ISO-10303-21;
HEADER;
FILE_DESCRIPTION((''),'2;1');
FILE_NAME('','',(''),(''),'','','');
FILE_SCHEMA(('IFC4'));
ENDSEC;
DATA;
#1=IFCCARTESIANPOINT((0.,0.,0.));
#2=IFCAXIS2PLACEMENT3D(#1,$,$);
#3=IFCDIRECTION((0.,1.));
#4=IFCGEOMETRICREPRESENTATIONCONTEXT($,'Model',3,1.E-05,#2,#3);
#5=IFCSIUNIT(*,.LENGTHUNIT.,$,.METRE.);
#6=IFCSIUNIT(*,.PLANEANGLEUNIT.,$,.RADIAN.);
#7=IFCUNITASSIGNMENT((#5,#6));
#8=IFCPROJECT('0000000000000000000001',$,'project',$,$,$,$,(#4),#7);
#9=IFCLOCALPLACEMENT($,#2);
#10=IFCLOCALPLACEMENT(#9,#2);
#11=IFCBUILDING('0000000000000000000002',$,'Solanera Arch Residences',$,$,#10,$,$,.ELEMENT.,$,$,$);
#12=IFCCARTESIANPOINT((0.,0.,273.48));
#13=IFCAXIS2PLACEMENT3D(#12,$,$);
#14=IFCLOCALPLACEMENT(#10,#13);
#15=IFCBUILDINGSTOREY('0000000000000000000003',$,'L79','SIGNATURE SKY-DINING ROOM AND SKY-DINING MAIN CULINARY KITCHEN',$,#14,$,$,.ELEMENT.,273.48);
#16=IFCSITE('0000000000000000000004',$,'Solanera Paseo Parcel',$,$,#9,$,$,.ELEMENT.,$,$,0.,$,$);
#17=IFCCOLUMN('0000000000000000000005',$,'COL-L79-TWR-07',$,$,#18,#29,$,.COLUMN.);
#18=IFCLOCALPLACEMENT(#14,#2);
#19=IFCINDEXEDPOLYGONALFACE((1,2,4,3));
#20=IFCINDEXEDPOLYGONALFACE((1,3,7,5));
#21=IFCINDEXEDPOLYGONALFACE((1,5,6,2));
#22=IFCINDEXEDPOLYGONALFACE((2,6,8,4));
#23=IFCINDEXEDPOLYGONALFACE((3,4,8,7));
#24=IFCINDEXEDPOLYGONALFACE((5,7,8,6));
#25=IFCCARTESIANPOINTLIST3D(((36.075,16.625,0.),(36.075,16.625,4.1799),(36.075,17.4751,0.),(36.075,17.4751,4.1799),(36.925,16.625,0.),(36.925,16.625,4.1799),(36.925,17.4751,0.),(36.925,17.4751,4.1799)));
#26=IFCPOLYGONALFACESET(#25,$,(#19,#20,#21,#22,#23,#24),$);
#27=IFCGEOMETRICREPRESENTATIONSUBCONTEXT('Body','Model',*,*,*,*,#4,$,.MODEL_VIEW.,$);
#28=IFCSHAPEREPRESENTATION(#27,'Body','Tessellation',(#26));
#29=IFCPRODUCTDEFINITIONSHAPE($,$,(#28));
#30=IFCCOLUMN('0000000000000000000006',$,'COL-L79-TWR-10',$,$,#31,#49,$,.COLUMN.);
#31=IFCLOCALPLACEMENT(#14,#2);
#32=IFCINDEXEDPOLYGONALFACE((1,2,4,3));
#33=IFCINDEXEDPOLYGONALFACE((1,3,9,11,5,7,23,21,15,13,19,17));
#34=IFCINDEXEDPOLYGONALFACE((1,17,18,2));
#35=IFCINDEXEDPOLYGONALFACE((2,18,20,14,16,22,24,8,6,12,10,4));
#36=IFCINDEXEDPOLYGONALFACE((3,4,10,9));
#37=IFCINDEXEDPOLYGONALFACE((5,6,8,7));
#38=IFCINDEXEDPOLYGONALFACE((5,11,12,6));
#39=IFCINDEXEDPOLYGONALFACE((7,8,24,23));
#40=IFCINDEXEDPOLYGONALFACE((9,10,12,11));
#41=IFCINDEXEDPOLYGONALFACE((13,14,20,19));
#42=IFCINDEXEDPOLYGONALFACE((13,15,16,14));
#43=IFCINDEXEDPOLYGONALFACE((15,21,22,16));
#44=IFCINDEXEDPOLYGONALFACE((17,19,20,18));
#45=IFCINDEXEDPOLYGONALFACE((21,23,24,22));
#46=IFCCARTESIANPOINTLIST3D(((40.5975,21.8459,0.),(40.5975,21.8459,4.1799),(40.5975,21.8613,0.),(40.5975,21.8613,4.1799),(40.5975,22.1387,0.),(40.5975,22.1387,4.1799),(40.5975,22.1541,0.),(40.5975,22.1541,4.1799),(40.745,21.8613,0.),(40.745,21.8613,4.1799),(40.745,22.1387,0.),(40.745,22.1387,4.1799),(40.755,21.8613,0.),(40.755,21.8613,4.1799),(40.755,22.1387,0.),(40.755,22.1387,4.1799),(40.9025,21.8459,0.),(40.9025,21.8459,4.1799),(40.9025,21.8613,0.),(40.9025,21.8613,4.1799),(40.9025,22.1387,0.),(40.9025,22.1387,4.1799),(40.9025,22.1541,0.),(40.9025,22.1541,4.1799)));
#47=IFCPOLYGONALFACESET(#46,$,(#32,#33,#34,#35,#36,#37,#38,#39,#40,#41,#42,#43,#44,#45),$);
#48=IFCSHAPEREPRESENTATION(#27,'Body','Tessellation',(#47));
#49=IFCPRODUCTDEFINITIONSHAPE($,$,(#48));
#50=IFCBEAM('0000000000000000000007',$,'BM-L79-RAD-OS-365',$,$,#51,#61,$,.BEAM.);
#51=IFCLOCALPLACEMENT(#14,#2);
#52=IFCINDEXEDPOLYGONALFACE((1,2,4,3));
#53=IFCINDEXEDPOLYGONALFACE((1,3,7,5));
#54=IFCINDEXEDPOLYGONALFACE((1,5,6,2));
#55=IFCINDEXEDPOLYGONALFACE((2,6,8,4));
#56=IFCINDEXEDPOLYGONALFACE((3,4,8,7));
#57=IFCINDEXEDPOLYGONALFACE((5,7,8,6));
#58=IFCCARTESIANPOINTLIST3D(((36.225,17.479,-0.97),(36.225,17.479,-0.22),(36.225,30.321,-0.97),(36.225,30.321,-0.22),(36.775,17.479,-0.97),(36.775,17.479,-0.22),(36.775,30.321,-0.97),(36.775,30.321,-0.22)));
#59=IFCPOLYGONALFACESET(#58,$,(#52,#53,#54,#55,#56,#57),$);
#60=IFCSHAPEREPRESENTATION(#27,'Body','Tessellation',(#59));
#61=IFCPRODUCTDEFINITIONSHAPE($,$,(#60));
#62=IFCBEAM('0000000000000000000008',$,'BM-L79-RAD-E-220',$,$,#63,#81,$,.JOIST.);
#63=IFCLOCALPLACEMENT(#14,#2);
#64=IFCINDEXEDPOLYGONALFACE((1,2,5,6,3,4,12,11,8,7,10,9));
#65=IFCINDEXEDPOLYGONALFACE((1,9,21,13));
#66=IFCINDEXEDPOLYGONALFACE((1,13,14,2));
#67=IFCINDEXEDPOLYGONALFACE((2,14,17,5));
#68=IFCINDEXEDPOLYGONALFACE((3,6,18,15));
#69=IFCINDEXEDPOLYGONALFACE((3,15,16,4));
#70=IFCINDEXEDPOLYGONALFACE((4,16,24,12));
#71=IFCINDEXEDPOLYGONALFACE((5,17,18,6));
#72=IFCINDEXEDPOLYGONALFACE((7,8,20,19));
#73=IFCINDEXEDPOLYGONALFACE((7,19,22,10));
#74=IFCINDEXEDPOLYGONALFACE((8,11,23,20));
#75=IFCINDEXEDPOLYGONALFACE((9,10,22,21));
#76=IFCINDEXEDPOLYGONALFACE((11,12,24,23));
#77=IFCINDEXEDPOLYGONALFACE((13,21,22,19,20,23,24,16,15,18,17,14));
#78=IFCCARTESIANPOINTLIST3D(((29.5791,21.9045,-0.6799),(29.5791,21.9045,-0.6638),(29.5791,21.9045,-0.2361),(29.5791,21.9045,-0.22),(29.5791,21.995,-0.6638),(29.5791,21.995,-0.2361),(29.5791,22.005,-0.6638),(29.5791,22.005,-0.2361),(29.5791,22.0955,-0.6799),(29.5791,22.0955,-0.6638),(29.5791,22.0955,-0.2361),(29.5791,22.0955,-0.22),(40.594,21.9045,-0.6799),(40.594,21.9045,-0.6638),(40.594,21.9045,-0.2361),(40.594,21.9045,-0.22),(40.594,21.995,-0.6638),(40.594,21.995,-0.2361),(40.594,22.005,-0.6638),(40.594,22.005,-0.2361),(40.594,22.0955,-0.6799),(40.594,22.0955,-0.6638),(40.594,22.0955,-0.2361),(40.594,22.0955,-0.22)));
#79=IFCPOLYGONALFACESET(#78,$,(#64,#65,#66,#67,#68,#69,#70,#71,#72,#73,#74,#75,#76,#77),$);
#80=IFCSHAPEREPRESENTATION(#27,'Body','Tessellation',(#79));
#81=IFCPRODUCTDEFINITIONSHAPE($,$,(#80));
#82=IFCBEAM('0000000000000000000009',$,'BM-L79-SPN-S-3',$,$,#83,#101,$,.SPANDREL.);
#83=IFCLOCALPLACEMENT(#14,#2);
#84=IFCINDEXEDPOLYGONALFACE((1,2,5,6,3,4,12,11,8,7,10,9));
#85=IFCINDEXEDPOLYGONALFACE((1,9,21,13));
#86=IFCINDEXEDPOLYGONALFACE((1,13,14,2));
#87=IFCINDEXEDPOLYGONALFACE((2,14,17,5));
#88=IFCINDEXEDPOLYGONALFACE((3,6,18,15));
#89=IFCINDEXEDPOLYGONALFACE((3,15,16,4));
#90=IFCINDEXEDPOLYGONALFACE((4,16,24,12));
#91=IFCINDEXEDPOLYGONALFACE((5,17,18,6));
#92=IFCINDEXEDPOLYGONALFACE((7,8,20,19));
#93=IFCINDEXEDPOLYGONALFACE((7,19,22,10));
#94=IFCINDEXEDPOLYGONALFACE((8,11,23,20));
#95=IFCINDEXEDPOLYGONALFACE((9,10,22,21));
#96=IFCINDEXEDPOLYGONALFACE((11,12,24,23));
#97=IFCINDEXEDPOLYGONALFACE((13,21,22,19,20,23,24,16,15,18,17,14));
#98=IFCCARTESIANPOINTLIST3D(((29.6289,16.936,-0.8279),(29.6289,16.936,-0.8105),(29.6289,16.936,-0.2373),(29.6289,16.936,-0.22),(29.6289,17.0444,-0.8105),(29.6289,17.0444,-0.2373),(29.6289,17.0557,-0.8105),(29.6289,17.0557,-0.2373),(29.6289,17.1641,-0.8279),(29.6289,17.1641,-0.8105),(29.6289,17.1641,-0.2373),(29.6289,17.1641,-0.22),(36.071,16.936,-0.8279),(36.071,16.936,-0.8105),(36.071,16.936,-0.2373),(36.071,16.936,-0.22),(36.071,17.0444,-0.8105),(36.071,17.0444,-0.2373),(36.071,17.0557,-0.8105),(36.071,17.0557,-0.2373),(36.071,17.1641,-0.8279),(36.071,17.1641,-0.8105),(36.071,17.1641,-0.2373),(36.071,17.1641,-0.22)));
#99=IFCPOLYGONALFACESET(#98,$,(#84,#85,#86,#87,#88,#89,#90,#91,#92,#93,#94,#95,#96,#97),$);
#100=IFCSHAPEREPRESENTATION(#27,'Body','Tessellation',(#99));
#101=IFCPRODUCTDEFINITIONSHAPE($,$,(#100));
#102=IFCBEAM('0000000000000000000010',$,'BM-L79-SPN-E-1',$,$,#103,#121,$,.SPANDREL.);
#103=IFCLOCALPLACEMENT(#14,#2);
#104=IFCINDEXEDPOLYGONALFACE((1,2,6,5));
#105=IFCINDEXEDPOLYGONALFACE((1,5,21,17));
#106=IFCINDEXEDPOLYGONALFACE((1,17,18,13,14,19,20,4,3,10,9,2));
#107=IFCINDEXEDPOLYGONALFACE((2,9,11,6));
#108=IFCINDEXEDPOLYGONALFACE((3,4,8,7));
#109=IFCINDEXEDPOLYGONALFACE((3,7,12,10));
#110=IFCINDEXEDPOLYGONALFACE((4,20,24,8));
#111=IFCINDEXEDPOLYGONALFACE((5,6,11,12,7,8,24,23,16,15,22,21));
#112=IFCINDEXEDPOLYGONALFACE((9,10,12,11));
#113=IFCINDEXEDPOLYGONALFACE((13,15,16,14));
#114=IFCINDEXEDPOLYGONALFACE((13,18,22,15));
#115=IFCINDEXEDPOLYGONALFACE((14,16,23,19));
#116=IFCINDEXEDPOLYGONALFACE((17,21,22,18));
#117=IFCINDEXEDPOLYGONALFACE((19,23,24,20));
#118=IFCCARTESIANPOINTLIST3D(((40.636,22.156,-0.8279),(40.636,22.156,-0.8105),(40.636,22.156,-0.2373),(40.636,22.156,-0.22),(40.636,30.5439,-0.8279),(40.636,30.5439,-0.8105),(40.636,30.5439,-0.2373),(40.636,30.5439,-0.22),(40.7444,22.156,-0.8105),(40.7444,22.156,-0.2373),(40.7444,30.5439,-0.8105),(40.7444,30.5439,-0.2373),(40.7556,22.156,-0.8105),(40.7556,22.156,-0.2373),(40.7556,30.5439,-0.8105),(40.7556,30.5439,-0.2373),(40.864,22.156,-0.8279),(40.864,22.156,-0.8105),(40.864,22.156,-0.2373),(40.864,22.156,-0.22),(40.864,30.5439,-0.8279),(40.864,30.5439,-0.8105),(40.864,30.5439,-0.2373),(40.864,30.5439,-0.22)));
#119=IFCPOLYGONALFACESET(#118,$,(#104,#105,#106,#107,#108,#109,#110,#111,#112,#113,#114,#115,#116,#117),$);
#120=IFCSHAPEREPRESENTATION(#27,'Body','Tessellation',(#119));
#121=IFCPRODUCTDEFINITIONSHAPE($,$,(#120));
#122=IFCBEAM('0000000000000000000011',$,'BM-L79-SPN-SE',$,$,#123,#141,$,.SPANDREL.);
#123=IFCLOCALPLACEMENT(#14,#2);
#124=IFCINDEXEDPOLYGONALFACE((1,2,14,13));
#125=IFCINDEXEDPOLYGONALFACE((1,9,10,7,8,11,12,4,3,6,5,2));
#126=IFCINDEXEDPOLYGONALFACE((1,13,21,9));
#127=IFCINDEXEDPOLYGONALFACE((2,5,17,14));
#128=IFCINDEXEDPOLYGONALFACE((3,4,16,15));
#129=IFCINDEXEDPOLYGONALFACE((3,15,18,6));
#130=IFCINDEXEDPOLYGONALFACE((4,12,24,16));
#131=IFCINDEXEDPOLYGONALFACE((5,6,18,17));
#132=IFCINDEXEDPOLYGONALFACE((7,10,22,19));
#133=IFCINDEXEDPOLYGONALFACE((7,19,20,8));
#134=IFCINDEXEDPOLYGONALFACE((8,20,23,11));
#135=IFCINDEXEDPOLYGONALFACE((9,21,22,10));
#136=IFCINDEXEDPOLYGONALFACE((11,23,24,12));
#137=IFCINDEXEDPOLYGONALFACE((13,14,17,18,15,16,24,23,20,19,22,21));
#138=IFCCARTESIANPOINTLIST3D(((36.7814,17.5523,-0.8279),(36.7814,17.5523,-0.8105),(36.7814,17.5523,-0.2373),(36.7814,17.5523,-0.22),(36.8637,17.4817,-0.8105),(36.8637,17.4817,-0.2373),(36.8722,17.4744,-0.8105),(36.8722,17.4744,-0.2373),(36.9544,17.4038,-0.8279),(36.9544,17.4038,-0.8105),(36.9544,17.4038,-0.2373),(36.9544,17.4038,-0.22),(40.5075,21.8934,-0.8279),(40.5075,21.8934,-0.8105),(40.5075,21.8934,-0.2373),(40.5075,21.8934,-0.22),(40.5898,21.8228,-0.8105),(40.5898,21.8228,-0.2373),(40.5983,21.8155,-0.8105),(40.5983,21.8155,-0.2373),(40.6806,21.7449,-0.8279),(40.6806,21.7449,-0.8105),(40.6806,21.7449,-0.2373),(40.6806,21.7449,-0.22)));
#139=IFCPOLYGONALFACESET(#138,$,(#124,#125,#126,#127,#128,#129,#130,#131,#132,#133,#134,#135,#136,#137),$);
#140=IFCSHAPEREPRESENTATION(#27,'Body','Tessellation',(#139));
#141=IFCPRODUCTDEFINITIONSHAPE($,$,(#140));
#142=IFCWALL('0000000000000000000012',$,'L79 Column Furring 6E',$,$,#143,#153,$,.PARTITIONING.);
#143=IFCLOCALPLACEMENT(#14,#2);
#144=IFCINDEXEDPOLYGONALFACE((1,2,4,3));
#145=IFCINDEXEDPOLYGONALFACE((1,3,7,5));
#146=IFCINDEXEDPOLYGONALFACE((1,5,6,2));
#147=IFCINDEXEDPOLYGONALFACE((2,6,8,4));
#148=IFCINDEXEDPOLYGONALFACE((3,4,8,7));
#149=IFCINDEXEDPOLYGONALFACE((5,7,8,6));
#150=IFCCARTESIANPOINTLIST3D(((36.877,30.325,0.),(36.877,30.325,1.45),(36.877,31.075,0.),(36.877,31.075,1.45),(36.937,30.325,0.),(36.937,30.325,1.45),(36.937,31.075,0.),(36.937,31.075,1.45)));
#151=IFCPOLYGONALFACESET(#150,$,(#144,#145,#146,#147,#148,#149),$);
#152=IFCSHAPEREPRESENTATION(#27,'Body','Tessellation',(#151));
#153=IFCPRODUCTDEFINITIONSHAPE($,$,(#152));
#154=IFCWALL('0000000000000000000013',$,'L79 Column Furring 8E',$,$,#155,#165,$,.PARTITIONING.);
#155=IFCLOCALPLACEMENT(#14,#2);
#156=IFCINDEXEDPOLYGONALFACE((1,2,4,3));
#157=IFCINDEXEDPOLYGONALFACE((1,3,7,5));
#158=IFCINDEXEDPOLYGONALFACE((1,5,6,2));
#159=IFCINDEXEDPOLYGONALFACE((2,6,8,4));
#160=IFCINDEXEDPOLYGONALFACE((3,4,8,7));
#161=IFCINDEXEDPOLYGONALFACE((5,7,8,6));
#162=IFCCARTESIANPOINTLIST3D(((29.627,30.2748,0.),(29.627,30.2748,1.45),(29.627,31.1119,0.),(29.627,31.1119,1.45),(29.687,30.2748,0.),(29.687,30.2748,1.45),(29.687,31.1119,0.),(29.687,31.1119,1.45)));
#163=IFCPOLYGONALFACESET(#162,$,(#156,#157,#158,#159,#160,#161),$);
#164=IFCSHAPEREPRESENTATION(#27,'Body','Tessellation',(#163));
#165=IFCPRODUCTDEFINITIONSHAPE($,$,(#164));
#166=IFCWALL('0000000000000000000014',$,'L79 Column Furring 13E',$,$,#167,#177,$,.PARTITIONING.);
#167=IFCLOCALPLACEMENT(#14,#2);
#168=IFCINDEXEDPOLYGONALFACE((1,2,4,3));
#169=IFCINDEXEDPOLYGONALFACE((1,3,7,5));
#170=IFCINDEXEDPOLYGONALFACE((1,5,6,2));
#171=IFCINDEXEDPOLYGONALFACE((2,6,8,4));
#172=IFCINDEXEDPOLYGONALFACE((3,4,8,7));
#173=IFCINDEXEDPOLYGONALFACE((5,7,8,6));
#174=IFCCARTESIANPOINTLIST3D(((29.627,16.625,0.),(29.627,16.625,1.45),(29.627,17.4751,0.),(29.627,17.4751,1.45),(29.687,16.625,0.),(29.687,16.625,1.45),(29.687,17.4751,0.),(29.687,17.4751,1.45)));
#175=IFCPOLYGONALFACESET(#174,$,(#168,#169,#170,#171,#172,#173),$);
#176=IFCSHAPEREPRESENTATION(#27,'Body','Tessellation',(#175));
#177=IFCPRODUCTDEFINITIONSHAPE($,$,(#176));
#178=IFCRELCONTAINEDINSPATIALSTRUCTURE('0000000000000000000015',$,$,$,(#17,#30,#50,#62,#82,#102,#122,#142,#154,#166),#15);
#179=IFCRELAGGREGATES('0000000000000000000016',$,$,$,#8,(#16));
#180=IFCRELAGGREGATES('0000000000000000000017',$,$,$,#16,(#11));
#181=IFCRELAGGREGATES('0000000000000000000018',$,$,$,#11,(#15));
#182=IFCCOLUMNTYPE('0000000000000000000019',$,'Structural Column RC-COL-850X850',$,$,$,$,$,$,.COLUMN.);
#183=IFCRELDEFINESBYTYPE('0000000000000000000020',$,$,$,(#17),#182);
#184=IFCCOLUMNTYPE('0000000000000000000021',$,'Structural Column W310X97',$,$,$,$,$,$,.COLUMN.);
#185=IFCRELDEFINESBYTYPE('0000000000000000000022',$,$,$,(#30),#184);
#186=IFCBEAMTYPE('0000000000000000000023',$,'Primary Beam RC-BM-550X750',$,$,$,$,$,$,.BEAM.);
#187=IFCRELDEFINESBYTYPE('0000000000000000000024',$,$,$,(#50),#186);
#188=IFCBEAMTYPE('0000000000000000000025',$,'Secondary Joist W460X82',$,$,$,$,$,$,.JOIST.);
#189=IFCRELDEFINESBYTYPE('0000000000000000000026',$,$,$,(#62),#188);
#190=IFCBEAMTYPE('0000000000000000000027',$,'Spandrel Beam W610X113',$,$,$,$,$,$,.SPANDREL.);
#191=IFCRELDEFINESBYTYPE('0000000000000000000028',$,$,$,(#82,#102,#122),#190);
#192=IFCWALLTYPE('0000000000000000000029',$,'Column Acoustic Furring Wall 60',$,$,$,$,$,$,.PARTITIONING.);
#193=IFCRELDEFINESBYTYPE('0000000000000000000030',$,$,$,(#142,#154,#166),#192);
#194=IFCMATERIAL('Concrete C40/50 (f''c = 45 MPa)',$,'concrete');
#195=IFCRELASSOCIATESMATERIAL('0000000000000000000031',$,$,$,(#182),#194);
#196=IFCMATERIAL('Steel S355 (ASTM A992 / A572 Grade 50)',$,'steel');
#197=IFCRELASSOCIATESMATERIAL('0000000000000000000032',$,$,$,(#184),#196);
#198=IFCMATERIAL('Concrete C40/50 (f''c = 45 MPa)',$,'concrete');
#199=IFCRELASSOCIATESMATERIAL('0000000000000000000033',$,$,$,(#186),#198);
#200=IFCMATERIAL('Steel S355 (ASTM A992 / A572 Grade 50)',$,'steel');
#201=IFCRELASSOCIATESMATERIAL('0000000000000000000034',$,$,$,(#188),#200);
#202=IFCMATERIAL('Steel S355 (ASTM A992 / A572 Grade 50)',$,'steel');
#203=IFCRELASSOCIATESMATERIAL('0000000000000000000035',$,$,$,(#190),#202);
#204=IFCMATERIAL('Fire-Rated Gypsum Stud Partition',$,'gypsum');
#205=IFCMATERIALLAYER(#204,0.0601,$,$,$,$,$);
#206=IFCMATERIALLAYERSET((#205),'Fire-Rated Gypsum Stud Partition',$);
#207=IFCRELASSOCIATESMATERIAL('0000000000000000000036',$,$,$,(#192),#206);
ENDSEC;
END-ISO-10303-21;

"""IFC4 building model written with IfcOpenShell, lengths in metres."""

from ifc_helpers import new_model, si_unit, direction, frame, frame_2d, origin, origin_2d, place, context, subcontext, project, spatial, rectangle, i_section, extrude, material, layer, layer_set, material_profile, profile_set, type_object, element, save


model = new_model("IFC4")

# Units and contexts
model_context = context("Model", 3, precision=1e-05, world=origin(), true_north=direction((0.0, 1.0)))
body_context = subcontext(model_context, "Body", "Model", "MODEL_VIEW")
ifc_project = project(units=[si_unit("LENGTHUNIT", "METRE"), si_unit("PLANEANGLEUNIT", "RADIAN")], contexts=[model_context])

# Site, building, storey
site_placement = place(None, origin())
site = spatial("IfcSite", under=ifc_project, at=site_placement, Name="Solanera Paseo Parcel", CompositionType="ELEMENT", RefElevation=0.0)
building_placement = place(site_placement, origin())
building = spatial("IfcBuilding", under=site, at=building_placement, Name="Solanera Arch Residences", CompositionType="ELEMENT")
storey_placement = place(building_placement, frame((0.0, 0.0, 273.48)))
storey = spatial("IfcBuildingStorey", under=building, at=storey_placement, Name="L79", Description="SIGNATURE SKY-DINING ROOM AND SKY-DINING MAIN CULINARY KITCHEN", CompositionType="ELEMENT", Elevation=273.48)

# Columns
ifc_material_1 = material(Name="Concrete C40/50 (f'c = 45 MPa)", Category="concrete")
ifc_material_profile_1 = material_profile(ifc_material_1, rectangle(XDim=0.8501, YDim=0.8501, at=origin_2d()))
ifc_profile_set_1 = profile_set([ifc_material_profile_1], Name="Concrete C40/50 (f'c = 45 MPa)")
column_type_1 = type_object("IfcColumnType", Name="Structural Column RC-COL-850X850", PredefinedType="COLUMN", material=ifc_profile_set_1)
column_1_placement = place(storey_placement, frame((36.5, 17.05, 0.0), z_axis=(0.0, 0.0, 1.0), x_axis=(1.0, 0.0, 0.0)))
element("IfcColumn", 1, at=column_1_placement, inside=storey, type_object=column_type_1, Name="COL-L79-TWR-07", PredefinedType="COLUMN", context=body_context, shape_type="SweptSolid", body=[
    extrude(rectangle(XDim=0.8501, YDim=0.8501, at=origin_2d()), origin(), (0.0, 0.0, 1.0), 4.1799),
])
ifc_material_2 = material(Name="Steel S355 (ASTM A992 / A572 Grade 50)", Category="steel")
ifc_material_profile_2 = material_profile(ifc_material_2, i_section(OverallWidth=0.3049, OverallDepth=0.3081, WebThickness=0.01, FlangeThickness=0.0154, at=origin_2d()))
ifc_profile_set_2 = profile_set([ifc_material_profile_2], Name="Steel S355 (ASTM A992 / A572 Grade 50)")
column_type_2 = type_object("IfcColumnType", Name="Structural Column W310X97", PredefinedType="COLUMN", material=ifc_profile_set_2)
column_2_placement = place(storey_placement, frame((40.75, 22.0, 0.0), z_axis=(0.0, 0.0, 1.0), x_axis=(1.0, 0.0, 0.0)))
element("IfcColumn", 2, at=column_2_placement, inside=storey, type_object=column_type_2, Name="COL-L79-TWR-10", PredefinedType="COLUMN", context=body_context, shape_type="SweptSolid", body=[
    extrude(i_section(OverallWidth=0.3049, OverallDepth=0.3081, WebThickness=0.01, FlangeThickness=0.0154, at=origin_2d()), origin(), (0.0, 0.0, 1.0), 4.1799),
])

# Beams
ifc_material_3 = material(Name="Concrete C40/50 (f'c = 45 MPa)", Category="concrete")
ifc_material_profile_3 = material_profile(ifc_material_3, rectangle(XDim=0.55, YDim=0.75, at=origin_2d()))
ifc_profile_set_3 = profile_set([ifc_material_profile_3], Name="Concrete C40/50 (f'c = 45 MPa)")
beam_type_1 = type_object("IfcBeamType", Name="Primary Beam RC-BM-550X750", PredefinedType="BEAM", material=ifc_profile_set_3)
beam_1_placement = place(storey_placement, frame((36.5, 17.479, -0.595), z_axis=(0.0, 1.0, 0.0), x_axis=(-1.0, 0.0, 0.0)))
element("IfcBeam", 3, at=beam_1_placement, inside=storey, type_object=beam_type_1, Name="BM-L79-RAD-OS-365", PredefinedType="BEAM", context=body_context, shape_type="SweptSolid", body=[
    extrude(rectangle(XDim=0.55, YDim=0.75, at=origin_2d()), origin(), (0.0, 0.0, 1.0), 12.842),
])
ifc_material_4 = material(Name="Steel S355 (ASTM A992 / A572 Grade 50)", Category="steel")
ifc_material_profile_4 = material_profile(ifc_material_4, i_section(OverallWidth=0.1909, OverallDepth=0.46, WebThickness=0.01, FlangeThickness=0.0161, at=origin_2d()))
ifc_profile_set_4 = profile_set([ifc_material_profile_4], Name="Steel S355 (ASTM A992 / A572 Grade 50)")
beam_type_2 = type_object("IfcBeamType", Name="Secondary Joist W460X82", PredefinedType="JOIST", material=ifc_profile_set_4)
beam_2_placement = place(storey_placement, frame((29.5791, 22.0, -0.45), z_axis=(1.0, 0.0, 0.0), x_axis=(0.0, 1.0, 0.0)))
element("IfcBeam", 4, at=beam_2_placement, inside=storey, type_object=beam_type_2, Name="BM-L79-RAD-E-220", PredefinedType="JOIST", context=body_context, shape_type="SweptSolid", body=[
    extrude(i_section(OverallWidth=0.1909, OverallDepth=0.46, WebThickness=0.01, FlangeThickness=0.0161, at=origin_2d()), origin(), (0.0, 0.0, 1.0), 11.0149),
])
ifc_material_5 = material(Name="Steel S355 (ASTM A992 / A572 Grade 50)", Category="steel")
ifc_material_profile_5 = material_profile(ifc_material_5, i_section(OverallWidth=0.228, OverallDepth=0.6079, WebThickness=0.0112, FlangeThickness=0.0173, at=origin_2d()))
ifc_profile_set_5 = profile_set([ifc_material_profile_5], Name="Steel S355 (ASTM A992 / A572 Grade 50)")
beam_type_3 = type_object("IfcBeamType", Name="Spandrel Beam W610X113", PredefinedType="SPANDREL", material=ifc_profile_set_5)
beam_3_placement = place(storey_placement, frame((29.6289, 17.05, -0.5239), z_axis=(1.0, 0.0, 0.0), x_axis=(0.0, 1.0, 0.0)))
element("IfcBeam", 5, at=beam_3_placement, inside=storey, type_object=beam_type_3, Name="BM-L79-SPN-S-3", PredefinedType="SPANDREL", context=body_context, shape_type="SweptSolid", body=[
    extrude(i_section(OverallWidth=0.228, OverallDepth=0.6079, WebThickness=0.0112, FlangeThickness=0.0173, at=origin_2d()), origin(), (0.0, 0.0, 1.0), 6.4421),
])
beam_4_placement = place(storey_placement, frame((40.75, 22.156, -0.5239), z_axis=(0.0, 1.0, 0.0), x_axis=(-1.0, 0.0, 0.0)))
element("IfcBeam", 6, at=beam_4_placement, inside=storey, type_object=beam_type_3, Name="BM-L79-SPN-E-1", PredefinedType="SPANDREL", context=body_context, shape_type="SweptSolid", body=[
    extrude(i_section(OverallWidth=0.228, OverallDepth=0.6079, WebThickness=0.0112, FlangeThickness=0.0173, at=origin_2d()), origin(), (0.0, 0.0, 1.0), 8.3879),
])
beam_5_placement = place(storey_placement, frame((36.8679, 17.478, -0.5239), z_axis=(0.651311, 0.758811, 0.0), x_axis=(-0.758811, 0.651311, 0.0)))
element("IfcBeam", 7, at=beam_5_placement, inside=storey, type_object=beam_type_3, Name="BM-L79-SPN-SE", PredefinedType="SPANDREL", context=body_context, shape_type="SweptSolid", body=[
    extrude(i_section(OverallWidth=0.228, OverallDepth=0.6079, WebThickness=0.0112, FlangeThickness=0.0173, at=origin_2d()), origin(), (0.0, 0.0, 1.0), 5.7209),
])

# Walls
ifc_material_6 = material(Name="Fire-Rated Gypsum Stud Partition", Category="gypsum")
ifc_layer_1 = layer(ifc_material_6, 0.0601)
ifc_layer_set_1 = layer_set([ifc_layer_1], Name="Fire-Rated Gypsum Stud Partition")
wall_type_1 = type_object("IfcWallType", Name="Column Acoustic Furring Wall 60", PredefinedType="PARTITIONING", material=ifc_layer_set_1)
wall_1_placement = place(storey_placement, frame((36.907, 30.325, 0.0), z_axis=(0.0, 0.0, 1.0), x_axis=(0.0, 1.0, 0.0)))
element("IfcWall", 8, at=wall_1_placement, inside=storey, type_object=wall_type_1, Name="L79 Column Furring 6E", PredefinedType="PARTITIONING", context=body_context, shape_type="SweptSolid", body=[
    extrude(rectangle(XDim=0.75, YDim=0.0601, at=frame_2d((0.375, 0.0))), origin(), (0.0, 0.0, 1.0), 1.45),
])
wall_2_placement = place(storey_placement, frame((29.657, 30.2749, 0.0), z_axis=(0.0, 0.0, 1.0), x_axis=(0.0, 1.0, 0.0)))
element("IfcWall", 9, at=wall_2_placement, inside=storey, type_object=wall_type_1, Name="L79 Column Furring 8E", PredefinedType="PARTITIONING", context=body_context, shape_type="SweptSolid", body=[
    extrude(rectangle(XDim=0.8372, YDim=0.0601, at=frame_2d((0.4185, 0.0))), origin(), (0.0, 0.0, 1.0), 1.45),
])
for number, where, z_axis, x_axis, name in (
    (10, (29.657, 16.625, 0.0), (0.0, 0.0, 1.0), (0.0, 1.0, 0.0), "L79 Column Furring 13E"),
):
    element("IfcWall", number, at=place(storey_placement, frame(where, z_axis=z_axis, x_axis=x_axis)), inside=storey, type_object=wall_type_1, Name=name, PredefinedType="PARTITIONING", context=body_context, shape_type="SweptSolid", body=[
        extrude(rectangle(XDim=0.8501, YDim=0.0601, at=frame_2d((0.425, 0.0))), origin(), (0.0, 0.0, 1.0), 1.45),
    ])

save(model, "model.ifc")
